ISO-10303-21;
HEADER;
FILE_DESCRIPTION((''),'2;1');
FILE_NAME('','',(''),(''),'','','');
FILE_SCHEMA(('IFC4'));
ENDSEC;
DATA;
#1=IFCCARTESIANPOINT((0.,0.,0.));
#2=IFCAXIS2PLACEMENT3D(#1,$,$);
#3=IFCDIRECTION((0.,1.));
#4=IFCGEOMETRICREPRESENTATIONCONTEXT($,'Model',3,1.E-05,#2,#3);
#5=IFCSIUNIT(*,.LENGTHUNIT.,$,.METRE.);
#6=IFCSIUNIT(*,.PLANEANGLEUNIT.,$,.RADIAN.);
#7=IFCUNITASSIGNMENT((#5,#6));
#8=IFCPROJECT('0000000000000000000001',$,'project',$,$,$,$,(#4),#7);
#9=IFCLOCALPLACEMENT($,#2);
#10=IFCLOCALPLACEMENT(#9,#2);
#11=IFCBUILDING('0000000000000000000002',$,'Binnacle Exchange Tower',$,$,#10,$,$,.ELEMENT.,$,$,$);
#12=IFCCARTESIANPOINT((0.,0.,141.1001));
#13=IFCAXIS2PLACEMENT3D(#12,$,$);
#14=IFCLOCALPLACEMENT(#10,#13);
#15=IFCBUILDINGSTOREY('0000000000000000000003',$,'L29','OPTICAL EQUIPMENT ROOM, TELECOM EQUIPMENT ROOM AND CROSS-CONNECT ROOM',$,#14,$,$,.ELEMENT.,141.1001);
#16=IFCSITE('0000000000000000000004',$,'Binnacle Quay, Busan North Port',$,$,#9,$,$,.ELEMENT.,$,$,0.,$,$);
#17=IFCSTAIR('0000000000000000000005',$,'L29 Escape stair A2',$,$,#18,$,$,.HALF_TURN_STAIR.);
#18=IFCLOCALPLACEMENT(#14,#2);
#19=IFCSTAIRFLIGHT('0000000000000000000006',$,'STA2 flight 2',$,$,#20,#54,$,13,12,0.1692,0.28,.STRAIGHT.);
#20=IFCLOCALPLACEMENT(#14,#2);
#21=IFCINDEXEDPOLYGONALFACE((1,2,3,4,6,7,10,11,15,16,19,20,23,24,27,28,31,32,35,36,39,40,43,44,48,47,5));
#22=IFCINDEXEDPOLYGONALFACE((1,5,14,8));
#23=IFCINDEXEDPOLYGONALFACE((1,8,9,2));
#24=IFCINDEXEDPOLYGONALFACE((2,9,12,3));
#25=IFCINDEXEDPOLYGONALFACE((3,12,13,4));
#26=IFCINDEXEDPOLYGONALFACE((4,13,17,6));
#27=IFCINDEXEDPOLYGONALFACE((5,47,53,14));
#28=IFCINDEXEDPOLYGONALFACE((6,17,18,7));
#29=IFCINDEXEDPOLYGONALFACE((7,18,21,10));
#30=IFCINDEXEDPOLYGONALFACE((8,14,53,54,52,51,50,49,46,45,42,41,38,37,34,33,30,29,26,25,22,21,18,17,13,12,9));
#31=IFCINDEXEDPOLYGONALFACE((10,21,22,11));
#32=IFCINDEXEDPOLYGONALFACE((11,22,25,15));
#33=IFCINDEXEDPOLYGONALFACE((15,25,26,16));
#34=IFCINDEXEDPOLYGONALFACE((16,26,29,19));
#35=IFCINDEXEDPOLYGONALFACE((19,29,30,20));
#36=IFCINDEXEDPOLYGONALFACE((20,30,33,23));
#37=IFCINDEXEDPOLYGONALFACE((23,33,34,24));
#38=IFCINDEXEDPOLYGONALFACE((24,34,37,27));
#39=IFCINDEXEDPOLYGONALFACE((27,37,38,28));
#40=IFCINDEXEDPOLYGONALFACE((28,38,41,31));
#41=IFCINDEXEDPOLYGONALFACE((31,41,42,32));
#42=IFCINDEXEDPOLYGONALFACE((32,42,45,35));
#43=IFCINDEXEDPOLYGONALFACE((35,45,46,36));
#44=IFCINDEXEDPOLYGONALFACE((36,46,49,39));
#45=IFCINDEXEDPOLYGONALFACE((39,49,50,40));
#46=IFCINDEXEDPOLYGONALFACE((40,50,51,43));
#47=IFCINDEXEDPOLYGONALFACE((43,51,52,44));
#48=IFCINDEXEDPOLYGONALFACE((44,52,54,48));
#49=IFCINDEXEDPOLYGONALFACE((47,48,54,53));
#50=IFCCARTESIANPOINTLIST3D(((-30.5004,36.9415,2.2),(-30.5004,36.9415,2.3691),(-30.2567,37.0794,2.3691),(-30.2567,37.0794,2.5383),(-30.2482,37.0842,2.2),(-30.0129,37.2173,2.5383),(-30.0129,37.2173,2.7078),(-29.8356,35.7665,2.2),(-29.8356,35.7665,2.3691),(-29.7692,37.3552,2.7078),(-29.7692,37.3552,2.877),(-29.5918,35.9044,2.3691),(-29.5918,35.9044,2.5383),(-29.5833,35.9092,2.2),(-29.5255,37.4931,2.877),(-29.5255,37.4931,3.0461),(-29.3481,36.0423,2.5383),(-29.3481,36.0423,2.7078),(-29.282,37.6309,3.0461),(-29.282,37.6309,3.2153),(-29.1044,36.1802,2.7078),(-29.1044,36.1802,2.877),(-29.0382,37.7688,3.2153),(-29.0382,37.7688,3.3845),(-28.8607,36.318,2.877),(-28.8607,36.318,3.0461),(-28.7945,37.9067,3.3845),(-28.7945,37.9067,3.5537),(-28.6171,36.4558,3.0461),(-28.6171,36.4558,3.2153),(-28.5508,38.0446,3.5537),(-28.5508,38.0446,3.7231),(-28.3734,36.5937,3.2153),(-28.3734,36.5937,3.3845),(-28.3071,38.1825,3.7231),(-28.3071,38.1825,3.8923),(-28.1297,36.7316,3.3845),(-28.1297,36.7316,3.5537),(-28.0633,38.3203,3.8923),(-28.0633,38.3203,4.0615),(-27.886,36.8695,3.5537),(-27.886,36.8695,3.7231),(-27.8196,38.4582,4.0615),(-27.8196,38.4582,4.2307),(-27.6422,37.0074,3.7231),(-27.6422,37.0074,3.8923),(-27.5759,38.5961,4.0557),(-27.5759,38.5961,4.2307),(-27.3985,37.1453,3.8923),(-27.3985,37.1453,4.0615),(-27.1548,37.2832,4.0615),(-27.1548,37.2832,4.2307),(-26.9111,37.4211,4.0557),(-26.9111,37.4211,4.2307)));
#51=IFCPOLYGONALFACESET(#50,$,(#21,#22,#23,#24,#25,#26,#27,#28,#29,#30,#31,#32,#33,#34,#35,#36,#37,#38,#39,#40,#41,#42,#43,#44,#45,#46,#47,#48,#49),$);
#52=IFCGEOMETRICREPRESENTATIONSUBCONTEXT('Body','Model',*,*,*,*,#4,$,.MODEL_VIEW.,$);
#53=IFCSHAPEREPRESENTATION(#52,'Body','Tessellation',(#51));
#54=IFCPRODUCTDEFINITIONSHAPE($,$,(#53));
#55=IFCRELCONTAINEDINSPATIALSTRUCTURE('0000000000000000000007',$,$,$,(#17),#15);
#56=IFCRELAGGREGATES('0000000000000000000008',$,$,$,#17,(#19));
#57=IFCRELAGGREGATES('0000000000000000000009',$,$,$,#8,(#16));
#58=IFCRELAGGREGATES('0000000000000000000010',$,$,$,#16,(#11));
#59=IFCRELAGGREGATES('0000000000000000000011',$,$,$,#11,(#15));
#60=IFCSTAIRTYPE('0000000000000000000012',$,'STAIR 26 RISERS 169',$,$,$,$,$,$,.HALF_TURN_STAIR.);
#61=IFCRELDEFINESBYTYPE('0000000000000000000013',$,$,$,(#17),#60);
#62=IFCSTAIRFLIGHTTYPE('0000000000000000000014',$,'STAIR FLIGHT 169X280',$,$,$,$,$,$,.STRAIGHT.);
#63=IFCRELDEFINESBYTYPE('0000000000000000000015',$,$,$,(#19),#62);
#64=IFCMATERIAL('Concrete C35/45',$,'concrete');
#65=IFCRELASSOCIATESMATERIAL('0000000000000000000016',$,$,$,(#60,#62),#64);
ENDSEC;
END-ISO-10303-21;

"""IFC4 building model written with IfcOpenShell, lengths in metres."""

from ifc_helpers import new_model, si_unit, direction, frame, origin, place, context, subcontext, project, spatial, polyline, outline, extrude, material, type_object, element, aggregate, save


model = new_model("IFC4")

# Units and contexts
model_context = context("Model", 3, precision=1e-05, world=origin(), true_north=direction((0.0, 1.0)))
body_context = subcontext(model_context, "Body", "Model", "MODEL_VIEW")
ifc_project = project(units=[si_unit("LENGTHUNIT", "METRE"), si_unit("PLANEANGLEUNIT", "RADIAN")], contexts=[model_context])

# Site, building, storey
site_placement = place(None, origin())
site = spatial("IfcSite", under=ifc_project, at=site_placement, Name="Binnacle Quay, Busan North Port", CompositionType="ELEMENT", RefElevation=0.0)
building_placement = place(site_placement, origin())
building = spatial("IfcBuilding", under=site, at=building_placement, Name="Binnacle Exchange Tower", CompositionType="ELEMENT")
storey_placement = place(building_placement, frame((0.0, 0.0, 141.1001)))
storey = spatial("IfcBuildingStorey", under=building, at=storey_placement, Name="L29", Description="OPTICAL EQUIPMENT ROOM, TELECOM EQUIPMENT ROOM AND CROSS-CONNECT ROOM", CompositionType="ELEMENT", Elevation=141.1001)

# Stair, stair flight
ifc_material_1 = material(Name="Concrete C35/45", Category="concrete")
stair_type = type_object("IfcStairType", Name="STAIR 26 RISERS 169", PredefinedType="HALF_TURN_STAIR", material=ifc_material_1)
stair_placement = place(storey_placement, origin())
stair = element("IfcStair", 1, at=stair_placement, inside=storey, type_object=stair_type, Name="L29 Escape stair A2", PredefinedType="HALF_TURN_STAIR")
stair_flight_type = type_object("IfcStairFlightType", Name="STAIR FLIGHT 169X280", PredefinedType="STRAIGHT", material=ifc_material_1)
stair_flight_placement = place(storey_placement, frame((-30.168, 36.354, 2.2), z_axis=(0.0, 0.0, 1.0), x_axis=(0.870356, 0.492424, 0.0)))
stair_flight = element("IfcStairFlight", 2, at=stair_flight_placement, type_object=stair_flight_type, Name="STA2 flight 2", NumberOfRisers=13, NumberOfTreads=12, PredefinedType="STRAIGHT", RiserHeight=0.1692, TreadLength=0.28, context=body_context, shape_type="SweptSolid", body=[
    extrude(outline(polyline([(0.0, 0.0), (0.0, 0.1692), (0.28, 0.1692), (0.28, 0.3384), (0.5601, 0.3384), (0.5601, 0.5078), (0.8401, 0.5078), (0.8401, 0.677), (1.1201, 0.677), (1.1201, 0.8462), (1.3999, 0.8462), (1.3999, 1.0154), (1.6799, 1.0154), (1.6799, 1.1846), (1.96, 1.1846), (1.96, 1.3538), (2.24, 1.3538), (2.24, 1.5232), (2.52, 1.5232), (2.52, 1.6924), (2.8, 1.6924), (2.8, 1.8616), (3.0801, 1.8616), (3.0801, 2.0308), (3.3601, 2.0308), (3.3601, 2.2), (3.3601, 1.8557), (0.2898, 0.0), (0.0, 0.0)])), frame((0.0, 0.675, 0.0), z_axis=(0.0, -1.0, 0.0), x_axis=(1.0, 0.0, 0.0)), (0.0, 0.0, 1.0), 1.3501),
])
aggregate(stair, [stair_flight])

save(model, "model.ifc")
